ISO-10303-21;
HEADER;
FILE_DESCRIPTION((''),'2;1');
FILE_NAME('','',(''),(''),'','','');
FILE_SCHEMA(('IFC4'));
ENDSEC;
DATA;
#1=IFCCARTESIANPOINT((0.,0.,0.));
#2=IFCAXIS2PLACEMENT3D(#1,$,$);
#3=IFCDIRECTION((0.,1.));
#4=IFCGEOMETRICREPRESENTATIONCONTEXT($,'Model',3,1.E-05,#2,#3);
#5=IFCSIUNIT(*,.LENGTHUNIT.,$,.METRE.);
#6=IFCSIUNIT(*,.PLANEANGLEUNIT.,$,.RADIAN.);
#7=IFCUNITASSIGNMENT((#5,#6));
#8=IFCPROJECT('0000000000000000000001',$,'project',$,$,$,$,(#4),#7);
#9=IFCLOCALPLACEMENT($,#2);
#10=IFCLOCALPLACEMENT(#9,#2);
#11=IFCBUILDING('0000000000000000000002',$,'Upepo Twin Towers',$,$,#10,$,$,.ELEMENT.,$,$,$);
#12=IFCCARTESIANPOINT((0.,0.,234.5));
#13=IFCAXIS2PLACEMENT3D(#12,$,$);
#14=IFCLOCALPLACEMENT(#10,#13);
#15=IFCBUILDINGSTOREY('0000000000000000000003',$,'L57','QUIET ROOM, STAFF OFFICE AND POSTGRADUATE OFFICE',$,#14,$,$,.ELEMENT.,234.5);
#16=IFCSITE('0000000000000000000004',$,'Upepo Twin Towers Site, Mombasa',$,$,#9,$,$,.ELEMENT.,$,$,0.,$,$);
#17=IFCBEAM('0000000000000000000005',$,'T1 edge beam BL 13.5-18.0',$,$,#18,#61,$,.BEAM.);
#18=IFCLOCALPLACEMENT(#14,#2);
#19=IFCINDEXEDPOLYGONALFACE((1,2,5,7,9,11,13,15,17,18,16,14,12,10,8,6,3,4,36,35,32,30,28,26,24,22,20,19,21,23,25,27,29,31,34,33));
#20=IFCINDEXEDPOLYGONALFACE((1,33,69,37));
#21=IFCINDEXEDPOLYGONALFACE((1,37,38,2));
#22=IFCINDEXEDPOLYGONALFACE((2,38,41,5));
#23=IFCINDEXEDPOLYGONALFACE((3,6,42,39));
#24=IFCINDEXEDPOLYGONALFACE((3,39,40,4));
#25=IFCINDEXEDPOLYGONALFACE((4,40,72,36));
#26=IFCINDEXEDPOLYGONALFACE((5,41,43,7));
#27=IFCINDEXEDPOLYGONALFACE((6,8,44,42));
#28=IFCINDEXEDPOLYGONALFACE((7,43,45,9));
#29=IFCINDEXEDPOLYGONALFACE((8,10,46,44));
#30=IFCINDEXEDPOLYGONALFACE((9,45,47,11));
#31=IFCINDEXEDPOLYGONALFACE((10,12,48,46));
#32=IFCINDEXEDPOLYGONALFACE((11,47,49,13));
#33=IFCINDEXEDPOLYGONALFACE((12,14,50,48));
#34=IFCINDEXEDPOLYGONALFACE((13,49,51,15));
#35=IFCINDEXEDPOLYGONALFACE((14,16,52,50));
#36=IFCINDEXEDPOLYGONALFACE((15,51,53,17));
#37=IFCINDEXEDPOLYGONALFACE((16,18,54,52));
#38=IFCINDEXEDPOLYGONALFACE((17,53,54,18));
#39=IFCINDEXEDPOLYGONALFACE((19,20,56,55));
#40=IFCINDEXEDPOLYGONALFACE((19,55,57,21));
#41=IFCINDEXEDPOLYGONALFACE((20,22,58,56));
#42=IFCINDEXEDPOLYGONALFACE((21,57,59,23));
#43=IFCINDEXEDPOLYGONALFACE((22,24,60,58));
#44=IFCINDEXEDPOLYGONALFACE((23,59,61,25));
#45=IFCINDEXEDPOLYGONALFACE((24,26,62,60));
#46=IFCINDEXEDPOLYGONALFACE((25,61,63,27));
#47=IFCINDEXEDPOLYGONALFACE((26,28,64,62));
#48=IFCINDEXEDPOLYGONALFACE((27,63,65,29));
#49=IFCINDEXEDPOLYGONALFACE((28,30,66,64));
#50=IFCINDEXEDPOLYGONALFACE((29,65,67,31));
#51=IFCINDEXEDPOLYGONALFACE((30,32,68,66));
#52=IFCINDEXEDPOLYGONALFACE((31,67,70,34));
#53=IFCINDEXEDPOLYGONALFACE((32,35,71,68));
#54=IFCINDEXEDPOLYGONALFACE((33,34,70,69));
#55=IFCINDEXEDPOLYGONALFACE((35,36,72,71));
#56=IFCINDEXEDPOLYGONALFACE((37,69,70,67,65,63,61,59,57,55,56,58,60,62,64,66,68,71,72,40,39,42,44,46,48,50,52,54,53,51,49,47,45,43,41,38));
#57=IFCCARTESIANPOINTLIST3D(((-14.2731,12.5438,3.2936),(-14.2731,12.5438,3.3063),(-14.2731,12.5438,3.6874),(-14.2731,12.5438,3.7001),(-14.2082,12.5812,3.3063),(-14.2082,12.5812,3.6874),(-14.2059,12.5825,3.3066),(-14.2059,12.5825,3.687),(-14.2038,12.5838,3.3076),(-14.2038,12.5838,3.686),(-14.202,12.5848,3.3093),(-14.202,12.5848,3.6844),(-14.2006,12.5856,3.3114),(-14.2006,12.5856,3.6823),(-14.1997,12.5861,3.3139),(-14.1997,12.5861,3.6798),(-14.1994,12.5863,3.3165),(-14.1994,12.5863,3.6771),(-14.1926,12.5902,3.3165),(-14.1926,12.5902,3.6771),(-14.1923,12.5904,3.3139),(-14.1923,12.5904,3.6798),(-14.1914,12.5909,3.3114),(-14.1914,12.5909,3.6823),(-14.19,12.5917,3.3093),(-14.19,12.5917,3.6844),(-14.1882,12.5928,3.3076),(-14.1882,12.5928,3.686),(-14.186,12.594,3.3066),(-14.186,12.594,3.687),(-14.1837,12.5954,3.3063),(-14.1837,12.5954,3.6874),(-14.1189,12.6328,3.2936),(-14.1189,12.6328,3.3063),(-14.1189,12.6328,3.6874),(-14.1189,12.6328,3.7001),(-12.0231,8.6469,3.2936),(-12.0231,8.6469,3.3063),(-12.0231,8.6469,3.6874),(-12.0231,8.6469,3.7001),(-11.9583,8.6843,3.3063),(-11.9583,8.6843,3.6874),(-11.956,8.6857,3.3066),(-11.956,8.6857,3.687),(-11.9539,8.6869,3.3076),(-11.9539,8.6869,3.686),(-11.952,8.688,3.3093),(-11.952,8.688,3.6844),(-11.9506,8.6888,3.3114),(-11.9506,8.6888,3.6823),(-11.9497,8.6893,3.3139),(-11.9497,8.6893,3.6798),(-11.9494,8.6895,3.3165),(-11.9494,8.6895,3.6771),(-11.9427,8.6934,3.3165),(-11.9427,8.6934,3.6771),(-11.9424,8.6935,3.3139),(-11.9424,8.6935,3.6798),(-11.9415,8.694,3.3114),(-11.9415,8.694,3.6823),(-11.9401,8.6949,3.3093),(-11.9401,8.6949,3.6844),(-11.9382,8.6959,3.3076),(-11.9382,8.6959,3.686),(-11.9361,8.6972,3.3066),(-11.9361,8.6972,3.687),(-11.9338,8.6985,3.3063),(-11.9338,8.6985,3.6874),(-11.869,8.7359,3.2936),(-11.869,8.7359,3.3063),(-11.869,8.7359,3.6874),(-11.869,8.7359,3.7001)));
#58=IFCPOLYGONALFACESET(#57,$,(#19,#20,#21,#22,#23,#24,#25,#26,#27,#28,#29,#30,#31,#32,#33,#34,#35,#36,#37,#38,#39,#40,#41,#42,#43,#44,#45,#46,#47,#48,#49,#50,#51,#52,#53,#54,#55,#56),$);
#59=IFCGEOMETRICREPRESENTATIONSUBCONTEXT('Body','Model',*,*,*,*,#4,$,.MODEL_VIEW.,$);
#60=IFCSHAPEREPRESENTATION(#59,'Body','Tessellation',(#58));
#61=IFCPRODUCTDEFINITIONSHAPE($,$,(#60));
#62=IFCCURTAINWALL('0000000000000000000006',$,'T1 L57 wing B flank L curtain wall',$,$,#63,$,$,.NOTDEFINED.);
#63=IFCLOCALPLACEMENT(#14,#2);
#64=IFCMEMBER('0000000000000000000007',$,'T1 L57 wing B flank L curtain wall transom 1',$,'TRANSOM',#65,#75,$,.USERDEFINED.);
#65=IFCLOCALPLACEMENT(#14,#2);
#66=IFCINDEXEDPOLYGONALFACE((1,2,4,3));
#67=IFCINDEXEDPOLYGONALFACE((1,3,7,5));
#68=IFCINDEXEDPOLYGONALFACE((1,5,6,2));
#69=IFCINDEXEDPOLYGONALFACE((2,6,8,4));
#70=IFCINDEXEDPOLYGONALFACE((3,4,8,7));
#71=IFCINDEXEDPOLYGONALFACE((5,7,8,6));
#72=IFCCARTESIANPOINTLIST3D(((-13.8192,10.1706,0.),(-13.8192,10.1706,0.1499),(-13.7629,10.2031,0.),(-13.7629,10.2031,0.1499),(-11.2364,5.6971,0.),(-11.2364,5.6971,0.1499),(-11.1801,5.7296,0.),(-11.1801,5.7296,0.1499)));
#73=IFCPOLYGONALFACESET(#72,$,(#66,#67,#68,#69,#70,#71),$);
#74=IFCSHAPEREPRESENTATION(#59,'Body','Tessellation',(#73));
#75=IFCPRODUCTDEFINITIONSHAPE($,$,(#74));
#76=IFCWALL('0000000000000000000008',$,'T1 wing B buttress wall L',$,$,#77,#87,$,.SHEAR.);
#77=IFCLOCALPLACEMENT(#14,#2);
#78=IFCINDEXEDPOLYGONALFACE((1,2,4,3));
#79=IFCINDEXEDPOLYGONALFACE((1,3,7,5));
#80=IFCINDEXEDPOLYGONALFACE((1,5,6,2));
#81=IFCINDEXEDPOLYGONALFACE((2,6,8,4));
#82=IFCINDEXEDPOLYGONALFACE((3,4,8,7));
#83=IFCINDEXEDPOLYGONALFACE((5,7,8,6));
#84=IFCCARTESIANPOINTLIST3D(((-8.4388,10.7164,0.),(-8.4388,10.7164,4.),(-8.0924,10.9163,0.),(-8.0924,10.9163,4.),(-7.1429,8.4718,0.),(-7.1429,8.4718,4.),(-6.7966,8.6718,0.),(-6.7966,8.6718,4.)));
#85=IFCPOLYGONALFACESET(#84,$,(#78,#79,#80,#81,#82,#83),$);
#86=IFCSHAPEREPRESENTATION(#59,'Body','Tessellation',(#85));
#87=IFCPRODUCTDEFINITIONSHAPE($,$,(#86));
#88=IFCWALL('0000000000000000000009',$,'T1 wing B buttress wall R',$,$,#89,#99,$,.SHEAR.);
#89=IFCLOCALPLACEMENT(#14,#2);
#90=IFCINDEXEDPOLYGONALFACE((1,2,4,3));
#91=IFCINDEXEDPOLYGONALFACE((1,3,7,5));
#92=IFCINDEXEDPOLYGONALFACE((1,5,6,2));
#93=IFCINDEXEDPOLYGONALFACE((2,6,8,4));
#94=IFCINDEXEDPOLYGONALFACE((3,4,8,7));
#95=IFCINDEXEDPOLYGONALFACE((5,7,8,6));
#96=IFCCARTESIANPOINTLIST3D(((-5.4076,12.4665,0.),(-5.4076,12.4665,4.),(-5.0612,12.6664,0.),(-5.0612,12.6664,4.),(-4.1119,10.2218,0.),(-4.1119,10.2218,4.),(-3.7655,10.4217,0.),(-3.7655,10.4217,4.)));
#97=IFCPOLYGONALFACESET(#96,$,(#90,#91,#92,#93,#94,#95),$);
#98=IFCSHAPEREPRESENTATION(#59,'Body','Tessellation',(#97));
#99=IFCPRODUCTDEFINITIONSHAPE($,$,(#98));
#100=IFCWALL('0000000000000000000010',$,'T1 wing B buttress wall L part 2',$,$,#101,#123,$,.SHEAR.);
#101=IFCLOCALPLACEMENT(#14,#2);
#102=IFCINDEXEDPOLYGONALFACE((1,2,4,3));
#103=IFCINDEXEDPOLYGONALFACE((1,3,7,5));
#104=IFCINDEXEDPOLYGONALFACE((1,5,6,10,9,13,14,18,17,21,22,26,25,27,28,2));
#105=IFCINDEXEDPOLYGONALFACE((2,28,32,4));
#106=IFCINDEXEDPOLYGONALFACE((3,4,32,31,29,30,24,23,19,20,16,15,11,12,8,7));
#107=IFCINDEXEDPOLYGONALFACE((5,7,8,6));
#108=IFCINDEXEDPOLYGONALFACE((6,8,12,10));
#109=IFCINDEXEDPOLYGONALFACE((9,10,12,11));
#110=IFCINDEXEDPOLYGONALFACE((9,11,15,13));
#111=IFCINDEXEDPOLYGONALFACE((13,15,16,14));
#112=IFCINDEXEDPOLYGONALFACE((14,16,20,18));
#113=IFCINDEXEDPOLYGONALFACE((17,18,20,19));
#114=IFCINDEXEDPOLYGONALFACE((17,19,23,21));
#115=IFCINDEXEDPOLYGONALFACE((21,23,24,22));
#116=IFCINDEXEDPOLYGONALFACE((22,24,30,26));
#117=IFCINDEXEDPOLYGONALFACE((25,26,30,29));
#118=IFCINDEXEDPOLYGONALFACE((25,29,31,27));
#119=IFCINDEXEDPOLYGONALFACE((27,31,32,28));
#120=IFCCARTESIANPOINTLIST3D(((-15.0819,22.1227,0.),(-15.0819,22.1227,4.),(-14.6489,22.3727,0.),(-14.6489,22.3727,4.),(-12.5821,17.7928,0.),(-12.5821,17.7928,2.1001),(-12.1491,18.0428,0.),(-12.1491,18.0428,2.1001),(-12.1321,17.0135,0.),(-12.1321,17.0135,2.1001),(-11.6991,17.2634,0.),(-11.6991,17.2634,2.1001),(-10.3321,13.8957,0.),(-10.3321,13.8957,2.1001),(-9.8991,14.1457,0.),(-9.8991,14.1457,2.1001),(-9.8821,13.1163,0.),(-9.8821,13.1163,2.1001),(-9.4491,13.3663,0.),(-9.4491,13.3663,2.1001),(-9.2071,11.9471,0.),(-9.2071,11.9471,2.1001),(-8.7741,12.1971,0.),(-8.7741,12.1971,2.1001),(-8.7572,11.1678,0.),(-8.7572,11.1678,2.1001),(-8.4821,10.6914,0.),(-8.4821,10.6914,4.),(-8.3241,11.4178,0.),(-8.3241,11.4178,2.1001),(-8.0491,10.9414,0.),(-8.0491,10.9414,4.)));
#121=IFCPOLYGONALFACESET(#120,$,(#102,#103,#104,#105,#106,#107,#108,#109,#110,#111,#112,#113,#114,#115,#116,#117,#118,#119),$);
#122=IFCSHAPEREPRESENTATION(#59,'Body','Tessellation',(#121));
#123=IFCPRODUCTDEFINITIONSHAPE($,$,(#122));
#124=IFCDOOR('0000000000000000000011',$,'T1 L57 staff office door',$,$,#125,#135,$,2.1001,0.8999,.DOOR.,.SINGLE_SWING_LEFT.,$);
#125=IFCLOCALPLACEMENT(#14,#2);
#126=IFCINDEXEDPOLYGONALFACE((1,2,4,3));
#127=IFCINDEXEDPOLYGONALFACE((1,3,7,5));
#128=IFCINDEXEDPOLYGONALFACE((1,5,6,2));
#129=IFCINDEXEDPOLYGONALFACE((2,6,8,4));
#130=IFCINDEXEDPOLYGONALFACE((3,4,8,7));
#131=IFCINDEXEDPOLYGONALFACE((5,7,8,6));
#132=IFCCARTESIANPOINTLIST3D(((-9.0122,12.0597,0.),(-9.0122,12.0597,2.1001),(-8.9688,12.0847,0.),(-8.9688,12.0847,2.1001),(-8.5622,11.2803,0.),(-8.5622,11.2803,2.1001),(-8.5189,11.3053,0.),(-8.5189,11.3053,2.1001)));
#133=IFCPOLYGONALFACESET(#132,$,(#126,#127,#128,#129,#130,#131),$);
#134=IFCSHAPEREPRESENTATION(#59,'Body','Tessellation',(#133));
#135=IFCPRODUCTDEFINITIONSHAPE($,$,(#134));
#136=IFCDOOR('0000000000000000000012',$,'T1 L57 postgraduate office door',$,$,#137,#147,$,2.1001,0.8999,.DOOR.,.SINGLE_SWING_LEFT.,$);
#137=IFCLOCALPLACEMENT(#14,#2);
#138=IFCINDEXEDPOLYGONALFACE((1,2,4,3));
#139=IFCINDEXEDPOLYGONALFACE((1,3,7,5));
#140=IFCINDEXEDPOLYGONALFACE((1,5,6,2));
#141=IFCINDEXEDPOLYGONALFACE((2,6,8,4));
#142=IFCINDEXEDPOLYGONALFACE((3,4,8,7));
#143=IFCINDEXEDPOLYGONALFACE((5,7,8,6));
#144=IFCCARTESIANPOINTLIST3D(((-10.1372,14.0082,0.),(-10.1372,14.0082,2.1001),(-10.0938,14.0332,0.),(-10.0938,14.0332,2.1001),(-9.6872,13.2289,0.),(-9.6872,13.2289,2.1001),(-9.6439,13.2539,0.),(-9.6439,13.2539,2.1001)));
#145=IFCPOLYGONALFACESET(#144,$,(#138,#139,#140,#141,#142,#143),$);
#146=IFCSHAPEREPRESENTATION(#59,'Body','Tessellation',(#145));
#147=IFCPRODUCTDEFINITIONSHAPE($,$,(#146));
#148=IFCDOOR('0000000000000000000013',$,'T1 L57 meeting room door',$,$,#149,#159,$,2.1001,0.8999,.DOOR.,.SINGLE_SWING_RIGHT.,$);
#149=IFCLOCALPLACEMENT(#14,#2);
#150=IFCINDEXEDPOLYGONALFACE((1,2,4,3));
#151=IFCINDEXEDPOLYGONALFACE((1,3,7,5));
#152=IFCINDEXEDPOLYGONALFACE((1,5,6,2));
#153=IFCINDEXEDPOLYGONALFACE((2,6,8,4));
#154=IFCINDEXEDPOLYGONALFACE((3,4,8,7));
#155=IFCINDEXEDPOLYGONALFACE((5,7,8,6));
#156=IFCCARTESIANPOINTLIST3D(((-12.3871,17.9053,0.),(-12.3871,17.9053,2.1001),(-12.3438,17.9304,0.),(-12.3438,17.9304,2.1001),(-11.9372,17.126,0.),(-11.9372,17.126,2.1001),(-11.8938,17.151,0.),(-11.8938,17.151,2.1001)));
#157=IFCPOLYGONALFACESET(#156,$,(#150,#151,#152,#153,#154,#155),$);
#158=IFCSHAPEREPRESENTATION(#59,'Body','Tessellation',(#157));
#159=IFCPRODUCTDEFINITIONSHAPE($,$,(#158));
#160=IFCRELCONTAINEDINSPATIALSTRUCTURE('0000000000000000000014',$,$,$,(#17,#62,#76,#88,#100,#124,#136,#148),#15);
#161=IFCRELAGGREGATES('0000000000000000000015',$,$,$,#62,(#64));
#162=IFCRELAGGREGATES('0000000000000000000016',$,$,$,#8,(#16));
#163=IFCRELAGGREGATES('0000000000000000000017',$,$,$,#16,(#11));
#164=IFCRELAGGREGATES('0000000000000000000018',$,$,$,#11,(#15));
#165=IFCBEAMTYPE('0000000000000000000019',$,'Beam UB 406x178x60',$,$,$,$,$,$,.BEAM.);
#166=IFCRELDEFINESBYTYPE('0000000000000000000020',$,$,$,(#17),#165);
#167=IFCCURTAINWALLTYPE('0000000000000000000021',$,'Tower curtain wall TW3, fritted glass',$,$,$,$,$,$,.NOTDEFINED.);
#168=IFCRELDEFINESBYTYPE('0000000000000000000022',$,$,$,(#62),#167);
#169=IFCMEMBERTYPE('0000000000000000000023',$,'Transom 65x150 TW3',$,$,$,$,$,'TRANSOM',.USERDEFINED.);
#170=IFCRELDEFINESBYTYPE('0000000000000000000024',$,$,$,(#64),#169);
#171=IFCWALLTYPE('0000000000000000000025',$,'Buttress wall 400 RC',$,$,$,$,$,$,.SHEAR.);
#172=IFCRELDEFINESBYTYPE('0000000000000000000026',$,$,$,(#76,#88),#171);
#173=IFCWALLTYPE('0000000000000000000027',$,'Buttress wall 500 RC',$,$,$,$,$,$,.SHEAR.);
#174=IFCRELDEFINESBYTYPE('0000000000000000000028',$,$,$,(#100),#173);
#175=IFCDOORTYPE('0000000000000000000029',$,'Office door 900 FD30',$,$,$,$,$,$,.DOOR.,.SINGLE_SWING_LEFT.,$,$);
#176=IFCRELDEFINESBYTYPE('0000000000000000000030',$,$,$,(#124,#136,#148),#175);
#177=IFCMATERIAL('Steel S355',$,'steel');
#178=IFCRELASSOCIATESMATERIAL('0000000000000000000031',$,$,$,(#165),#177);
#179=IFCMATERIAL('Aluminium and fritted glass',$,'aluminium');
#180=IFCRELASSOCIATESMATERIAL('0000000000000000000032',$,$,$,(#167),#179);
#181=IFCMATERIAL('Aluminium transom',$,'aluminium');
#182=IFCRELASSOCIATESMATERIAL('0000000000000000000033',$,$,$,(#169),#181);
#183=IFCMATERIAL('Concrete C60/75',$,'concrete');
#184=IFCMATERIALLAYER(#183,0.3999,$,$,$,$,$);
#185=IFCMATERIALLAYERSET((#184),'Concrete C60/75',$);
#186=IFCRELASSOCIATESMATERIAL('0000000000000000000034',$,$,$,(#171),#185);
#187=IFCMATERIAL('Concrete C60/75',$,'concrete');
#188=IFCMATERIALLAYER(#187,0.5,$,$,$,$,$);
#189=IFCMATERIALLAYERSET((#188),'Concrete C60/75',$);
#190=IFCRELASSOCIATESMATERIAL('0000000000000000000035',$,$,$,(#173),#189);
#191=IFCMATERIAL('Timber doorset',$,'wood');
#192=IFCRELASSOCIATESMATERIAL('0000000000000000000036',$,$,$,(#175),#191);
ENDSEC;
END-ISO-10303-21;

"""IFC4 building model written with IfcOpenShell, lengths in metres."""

from ifc_helpers import new_model, si_unit, direction, frame, frame_2d, origin, origin_2d, place, context, subcontext, project, spatial, rectangle, i_section, extrude, material, layer, layer_set, material_profile, profile_set, type_object, element, fill, aggregate, save


model = new_model("IFC4")

# Units and contexts
model_context = context("Model", 3, precision=1e-05, world=origin(), true_north=direction((0.0, 1.0)))
body_context = subcontext(model_context, "Body", "Model", "MODEL_VIEW")
ifc_project = project(units=[si_unit("LENGTHUNIT", "METRE"), si_unit("PLANEANGLEUNIT", "RADIAN")], contexts=[model_context])

# Site, building, storey
site_placement = place(None, origin())
site = spatial("IfcSite", under=ifc_project, at=site_placement, Name="Upepo Twin Towers Site, Mombasa", CompositionType="ELEMENT", RefElevation=0.0)
building_placement = place(site_placement, origin())
building = spatial("IfcBuilding", under=site, at=building_placement, Name="Upepo Twin Towers", CompositionType="ELEMENT")
storey_placement = place(building_placement, frame((0.0, 0.0, 234.5)))
storey = spatial("IfcBuildingStorey", under=building, at=storey_placement, Name="L57", Description="QUIET ROOM, STAFF OFFICE AND POSTGRADUATE OFFICE", CompositionType="ELEMENT", Elevation=234.5)

# Beam
ifc_material_1 = material(Name="Steel S355", Category="steel")
ifc_material_profile_1 = material_profile(ifc_material_1, i_section(OverallWidth=0.178, OverallDepth=0.4065, WebThickness=0.0078, FlangeThickness=0.0127, FilletRadius=0.0103, at=origin_2d()), Name="UB 406x178x60")
ifc_profile_set_1 = profile_set([ifc_material_profile_1], Name="Steel S355")
beam_type = type_object("IfcBeamType", Name="Beam UB 406x178x60", PredefinedType="BEAM", material=ifc_profile_set_1)
beam_placement = place(storey_placement, frame((-11.946, 8.6914, 3.4968), z_axis=(-0.500014, 0.866018, 0.0), x_axis=(-0.866018, -0.500014, 0.0)))
element("IfcBeam", 1, at=beam_placement, inside=storey, type_object=beam_type, Name="T1 edge beam BL 13.5-18.0", PredefinedType="BEAM", context=body_context, shape_type="SweptSolid", body=[
    extrude(i_section(OverallWidth=0.178, OverallDepth=0.4065, WebThickness=0.0078, FlangeThickness=0.0127, FilletRadius=0.0103, at=origin_2d()), origin(), (0.0, 0.0, 1.0), 4.4998),
])

# Curtain wall, member
ifc_material_2 = material(Name="Aluminium and fritted glass", Category="aluminium")
curtain_wall_type = type_object("IfcCurtainWallType", Name="Tower curtain wall TW3, fritted glass", PredefinedType="NOTDEFINED", material=ifc_material_2)
curtain_wall_placement = place(storey_placement, origin())
curtain_wall = element("IfcCurtainWall", 2, at=curtain_wall_placement, inside=storey, type_object=curtain_wall_type, Name="T1 L57 wing B flank L curtain wall", PredefinedType="NOTDEFINED")
ifc_material_3 = material(Name="Aluminium transom", Category="aluminium")
ifc_material_profile_2 = material_profile(ifc_material_3, rectangle(XDim=0.0649, YDim=0.1499, at=origin_2d()), Name="TRANSOM 65x150")
ifc_profile_set_2 = profile_set([ifc_material_profile_2], Name="Aluminium transom")
member_type = type_object("IfcMemberType", Name="Transom 65x150 TW3", ElementType="TRANSOM", PredefinedType="USERDEFINED", material=ifc_profile_set_2)
member_placement = place(storey_placement, frame((-11.2083, 5.7134, 0.075), z_axis=(-0.500007, 0.866021, 0.0), x_axis=(-0.866021, -0.500007, 0.0)))
member = element("IfcMember", 3, at=member_placement, type_object=member_type, Name="T1 L57 wing B flank L curtain wall transom 1", ObjectType="TRANSOM", PredefinedType="USERDEFINED", context=body_context, shape_type="SweptSolid", body=[
    extrude(rectangle(XDim=0.0649, YDim=0.1499, at=origin_2d()), origin(), (0.0, 0.0, 1.0), 5.1655),
])
aggregate(curtain_wall, [member])

# Walls
ifc_material_4 = material(Name="Concrete C60/75", Category="concrete")
ifc_layer_1 = layer(ifc_material_4, 0.3999)
ifc_layer_set_1 = layer_set([ifc_layer_1], Name="Concrete C60/75")
wall_type_1 = type_object("IfcWallType", Name="Buttress wall 400 RC", PredefinedType="SHEAR", material=ifc_layer_set_1)
for number, where, z_axis, x_axis, name in (
    (4, (-6.9697, 8.5718, 0.0), (0.0, 0.0, 1.0), (-0.499989, 0.866032, 0.0), "T1 wing B buttress wall L"),
    (5, (-3.9387, 10.3218, 0.0), (0.0, 0.0, 1.0), (-0.499918, 0.866073, 0.0), "T1 wing B buttress wall R"),
):
    element("IfcWall", number, at=place(storey_placement, frame(where, z_axis=z_axis, x_axis=x_axis)), inside=storey, type_object=wall_type_1, Name=name, PredefinedType="SHEAR", context=body_context, shape_type="SweptSolid", body=[
        extrude(rectangle(XDim=2.5918, YDim=0.3999, at=frame_2d((1.2959, 0.0))), origin(), (0.0, 0.0, 1.0), 4.0),
    ])

# Wall, openings, doors
ifc_material_5 = material(Name="Concrete C60/75", Category="concrete")
ifc_layer_2 = layer(ifc_material_5, 0.5)
ifc_layer_set_2 = layer_set([ifc_layer_2], Name="Concrete C60/75")
wall_type_2 = type_object("IfcWallType", Name="Buttress wall 500 RC", PredefinedType="SHEAR", material=ifc_layer_set_2)
wall_1_placement = place(storey_placement, frame((-8.2656, 10.8164, 0.0), z_axis=(0.0, 0.0, 1.0), x_axis=(-0.499996, 0.866028, 0.0)))
wall_1 = element("IfcWall", 6, at=wall_1_placement, inside=storey, type_object=wall_type_2, Name="T1 wing B buttress wall L part 2", PredefinedType="SHEAR", context=body_context, shape_type="SweptSolid", body=[
    extrude(rectangle(XDim=13.1997, YDim=0.5, at=frame_2d((6.5999, 0.0))), origin(), (0.0, 0.0, 1.0), 4.0),
])
opening_1_placement = place(wall_1_placement, frame((0.55, 0.0, 0.0)))
opening_1 = element("IfcOpeningElement", 7, at=opening_1_placement, cuts=wall_1, PredefinedType="OPENING", context=body_context, shape_type="SweptSolid", body=[
    extrude(rectangle(XDim=0.8999, YDim=2.1001, at=frame_2d((0.45, 1.05))), frame((0.0, 0.26, 0.0), z_axis=(0.0, -1.0, 0.0), x_axis=(1.0, 0.0, 0.0)), (0.0, 0.0, 1.0), 0.52),
])
opening_2_placement = place(wall_1_placement, frame((2.8, 0.0, 0.0)))
opening_2 = element("IfcOpeningElement", 8, at=opening_2_placement, cuts=wall_1, PredefinedType="OPENING", context=body_context, shape_type="SweptSolid", body=[
    extrude(rectangle(XDim=0.8999, YDim=2.1001, at=frame_2d((0.45, 1.05))), frame((0.0, 0.26, 0.0), z_axis=(0.0, -1.0, 0.0), x_axis=(1.0, 0.0, 0.0)), (0.0, 0.0, 1.0), 0.52),
])
opening_3_placement = place(wall_1_placement, frame((7.3, 0.0, 0.0)))
opening_3 = element("IfcOpeningElement", 9, at=opening_3_placement, cuts=wall_1, PredefinedType="OPENING", context=body_context, shape_type="SweptSolid", body=[
    extrude(rectangle(XDim=0.8999, YDim=2.1001, at=frame_2d((0.45, 1.05))), frame((0.0, 0.26, 0.0), z_axis=(0.0, -1.0, 0.0), x_axis=(1.0, 0.0, 0.0)), (0.0, 0.0, 1.0), 0.52),
])
ifc_material_6 = material(Name="Timber doorset", Category="wood")
door_type_1 = type_object("IfcDoorType", Name="Office door 900 FD30", OperationType="SINGLE_SWING_LEFT", PredefinedType="DOOR", material=ifc_material_6)
door_1_placement = place(opening_1_placement, origin())
door_1 = element("IfcDoor", 10, at=door_1_placement, inside=storey, type_object=door_type_1, Name="T1 L57 staff office door", OperationType="SINGLE_SWING_LEFT", OverallHeight=2.1001, OverallWidth=0.8999, PredefinedType="DOOR", context=body_context, shape_type="SweptSolid", body=[
    extrude(rectangle(XDim=0.8999, YDim=2.1001, at=frame_2d((0.45, 1.05))), frame((0.0, 0.0249, 0.0), z_axis=(0.0, -1.0, 0.0), x_axis=(1.0, 0.0, 0.0)), (0.0, 0.0, 1.0), 0.05),
])
fill(opening_1, door_1)
door_2_placement = place(opening_2_placement, origin())
door_2 = element("IfcDoor", 11, at=door_2_placement, inside=storey, type_object=door_type_1, Name="T1 L57 postgraduate office door", OperationType="SINGLE_SWING_LEFT", OverallHeight=2.1001, OverallWidth=0.8999, PredefinedType="DOOR", context=body_context, shape_type="SweptSolid", body=[
    extrude(rectangle(XDim=0.8999, YDim=2.1001, at=frame_2d((0.45, 1.05))), frame((0.0, 0.0249, 0.0), z_axis=(0.0, -1.0, 0.0), x_axis=(1.0, 0.0, 0.0)), (0.0, 0.0, 1.0), 0.05),
])
fill(opening_2, door_2)
door_3_placement = place(opening_3_placement, origin())
door_3 = element("IfcDoor", 12, at=door_3_placement, inside=storey, type_object=door_type_1, Name="T1 L57 meeting room door", OperationType="SINGLE_SWING_RIGHT", OverallHeight=2.1001, OverallWidth=0.8999, PredefinedType="DOOR", context=body_context, shape_type="SweptSolid", body=[
    extrude(rectangle(XDim=0.8999, YDim=2.1001, at=frame_2d((0.45, 1.05))), frame((0.0, 0.0249, 0.0), z_axis=(0.0, -1.0, 0.0), x_axis=(1.0, 0.0, 0.0)), (0.0, 0.0, 1.0), 0.05),
])
fill(opening_3, door_3)

save(model, "model.ifc")
